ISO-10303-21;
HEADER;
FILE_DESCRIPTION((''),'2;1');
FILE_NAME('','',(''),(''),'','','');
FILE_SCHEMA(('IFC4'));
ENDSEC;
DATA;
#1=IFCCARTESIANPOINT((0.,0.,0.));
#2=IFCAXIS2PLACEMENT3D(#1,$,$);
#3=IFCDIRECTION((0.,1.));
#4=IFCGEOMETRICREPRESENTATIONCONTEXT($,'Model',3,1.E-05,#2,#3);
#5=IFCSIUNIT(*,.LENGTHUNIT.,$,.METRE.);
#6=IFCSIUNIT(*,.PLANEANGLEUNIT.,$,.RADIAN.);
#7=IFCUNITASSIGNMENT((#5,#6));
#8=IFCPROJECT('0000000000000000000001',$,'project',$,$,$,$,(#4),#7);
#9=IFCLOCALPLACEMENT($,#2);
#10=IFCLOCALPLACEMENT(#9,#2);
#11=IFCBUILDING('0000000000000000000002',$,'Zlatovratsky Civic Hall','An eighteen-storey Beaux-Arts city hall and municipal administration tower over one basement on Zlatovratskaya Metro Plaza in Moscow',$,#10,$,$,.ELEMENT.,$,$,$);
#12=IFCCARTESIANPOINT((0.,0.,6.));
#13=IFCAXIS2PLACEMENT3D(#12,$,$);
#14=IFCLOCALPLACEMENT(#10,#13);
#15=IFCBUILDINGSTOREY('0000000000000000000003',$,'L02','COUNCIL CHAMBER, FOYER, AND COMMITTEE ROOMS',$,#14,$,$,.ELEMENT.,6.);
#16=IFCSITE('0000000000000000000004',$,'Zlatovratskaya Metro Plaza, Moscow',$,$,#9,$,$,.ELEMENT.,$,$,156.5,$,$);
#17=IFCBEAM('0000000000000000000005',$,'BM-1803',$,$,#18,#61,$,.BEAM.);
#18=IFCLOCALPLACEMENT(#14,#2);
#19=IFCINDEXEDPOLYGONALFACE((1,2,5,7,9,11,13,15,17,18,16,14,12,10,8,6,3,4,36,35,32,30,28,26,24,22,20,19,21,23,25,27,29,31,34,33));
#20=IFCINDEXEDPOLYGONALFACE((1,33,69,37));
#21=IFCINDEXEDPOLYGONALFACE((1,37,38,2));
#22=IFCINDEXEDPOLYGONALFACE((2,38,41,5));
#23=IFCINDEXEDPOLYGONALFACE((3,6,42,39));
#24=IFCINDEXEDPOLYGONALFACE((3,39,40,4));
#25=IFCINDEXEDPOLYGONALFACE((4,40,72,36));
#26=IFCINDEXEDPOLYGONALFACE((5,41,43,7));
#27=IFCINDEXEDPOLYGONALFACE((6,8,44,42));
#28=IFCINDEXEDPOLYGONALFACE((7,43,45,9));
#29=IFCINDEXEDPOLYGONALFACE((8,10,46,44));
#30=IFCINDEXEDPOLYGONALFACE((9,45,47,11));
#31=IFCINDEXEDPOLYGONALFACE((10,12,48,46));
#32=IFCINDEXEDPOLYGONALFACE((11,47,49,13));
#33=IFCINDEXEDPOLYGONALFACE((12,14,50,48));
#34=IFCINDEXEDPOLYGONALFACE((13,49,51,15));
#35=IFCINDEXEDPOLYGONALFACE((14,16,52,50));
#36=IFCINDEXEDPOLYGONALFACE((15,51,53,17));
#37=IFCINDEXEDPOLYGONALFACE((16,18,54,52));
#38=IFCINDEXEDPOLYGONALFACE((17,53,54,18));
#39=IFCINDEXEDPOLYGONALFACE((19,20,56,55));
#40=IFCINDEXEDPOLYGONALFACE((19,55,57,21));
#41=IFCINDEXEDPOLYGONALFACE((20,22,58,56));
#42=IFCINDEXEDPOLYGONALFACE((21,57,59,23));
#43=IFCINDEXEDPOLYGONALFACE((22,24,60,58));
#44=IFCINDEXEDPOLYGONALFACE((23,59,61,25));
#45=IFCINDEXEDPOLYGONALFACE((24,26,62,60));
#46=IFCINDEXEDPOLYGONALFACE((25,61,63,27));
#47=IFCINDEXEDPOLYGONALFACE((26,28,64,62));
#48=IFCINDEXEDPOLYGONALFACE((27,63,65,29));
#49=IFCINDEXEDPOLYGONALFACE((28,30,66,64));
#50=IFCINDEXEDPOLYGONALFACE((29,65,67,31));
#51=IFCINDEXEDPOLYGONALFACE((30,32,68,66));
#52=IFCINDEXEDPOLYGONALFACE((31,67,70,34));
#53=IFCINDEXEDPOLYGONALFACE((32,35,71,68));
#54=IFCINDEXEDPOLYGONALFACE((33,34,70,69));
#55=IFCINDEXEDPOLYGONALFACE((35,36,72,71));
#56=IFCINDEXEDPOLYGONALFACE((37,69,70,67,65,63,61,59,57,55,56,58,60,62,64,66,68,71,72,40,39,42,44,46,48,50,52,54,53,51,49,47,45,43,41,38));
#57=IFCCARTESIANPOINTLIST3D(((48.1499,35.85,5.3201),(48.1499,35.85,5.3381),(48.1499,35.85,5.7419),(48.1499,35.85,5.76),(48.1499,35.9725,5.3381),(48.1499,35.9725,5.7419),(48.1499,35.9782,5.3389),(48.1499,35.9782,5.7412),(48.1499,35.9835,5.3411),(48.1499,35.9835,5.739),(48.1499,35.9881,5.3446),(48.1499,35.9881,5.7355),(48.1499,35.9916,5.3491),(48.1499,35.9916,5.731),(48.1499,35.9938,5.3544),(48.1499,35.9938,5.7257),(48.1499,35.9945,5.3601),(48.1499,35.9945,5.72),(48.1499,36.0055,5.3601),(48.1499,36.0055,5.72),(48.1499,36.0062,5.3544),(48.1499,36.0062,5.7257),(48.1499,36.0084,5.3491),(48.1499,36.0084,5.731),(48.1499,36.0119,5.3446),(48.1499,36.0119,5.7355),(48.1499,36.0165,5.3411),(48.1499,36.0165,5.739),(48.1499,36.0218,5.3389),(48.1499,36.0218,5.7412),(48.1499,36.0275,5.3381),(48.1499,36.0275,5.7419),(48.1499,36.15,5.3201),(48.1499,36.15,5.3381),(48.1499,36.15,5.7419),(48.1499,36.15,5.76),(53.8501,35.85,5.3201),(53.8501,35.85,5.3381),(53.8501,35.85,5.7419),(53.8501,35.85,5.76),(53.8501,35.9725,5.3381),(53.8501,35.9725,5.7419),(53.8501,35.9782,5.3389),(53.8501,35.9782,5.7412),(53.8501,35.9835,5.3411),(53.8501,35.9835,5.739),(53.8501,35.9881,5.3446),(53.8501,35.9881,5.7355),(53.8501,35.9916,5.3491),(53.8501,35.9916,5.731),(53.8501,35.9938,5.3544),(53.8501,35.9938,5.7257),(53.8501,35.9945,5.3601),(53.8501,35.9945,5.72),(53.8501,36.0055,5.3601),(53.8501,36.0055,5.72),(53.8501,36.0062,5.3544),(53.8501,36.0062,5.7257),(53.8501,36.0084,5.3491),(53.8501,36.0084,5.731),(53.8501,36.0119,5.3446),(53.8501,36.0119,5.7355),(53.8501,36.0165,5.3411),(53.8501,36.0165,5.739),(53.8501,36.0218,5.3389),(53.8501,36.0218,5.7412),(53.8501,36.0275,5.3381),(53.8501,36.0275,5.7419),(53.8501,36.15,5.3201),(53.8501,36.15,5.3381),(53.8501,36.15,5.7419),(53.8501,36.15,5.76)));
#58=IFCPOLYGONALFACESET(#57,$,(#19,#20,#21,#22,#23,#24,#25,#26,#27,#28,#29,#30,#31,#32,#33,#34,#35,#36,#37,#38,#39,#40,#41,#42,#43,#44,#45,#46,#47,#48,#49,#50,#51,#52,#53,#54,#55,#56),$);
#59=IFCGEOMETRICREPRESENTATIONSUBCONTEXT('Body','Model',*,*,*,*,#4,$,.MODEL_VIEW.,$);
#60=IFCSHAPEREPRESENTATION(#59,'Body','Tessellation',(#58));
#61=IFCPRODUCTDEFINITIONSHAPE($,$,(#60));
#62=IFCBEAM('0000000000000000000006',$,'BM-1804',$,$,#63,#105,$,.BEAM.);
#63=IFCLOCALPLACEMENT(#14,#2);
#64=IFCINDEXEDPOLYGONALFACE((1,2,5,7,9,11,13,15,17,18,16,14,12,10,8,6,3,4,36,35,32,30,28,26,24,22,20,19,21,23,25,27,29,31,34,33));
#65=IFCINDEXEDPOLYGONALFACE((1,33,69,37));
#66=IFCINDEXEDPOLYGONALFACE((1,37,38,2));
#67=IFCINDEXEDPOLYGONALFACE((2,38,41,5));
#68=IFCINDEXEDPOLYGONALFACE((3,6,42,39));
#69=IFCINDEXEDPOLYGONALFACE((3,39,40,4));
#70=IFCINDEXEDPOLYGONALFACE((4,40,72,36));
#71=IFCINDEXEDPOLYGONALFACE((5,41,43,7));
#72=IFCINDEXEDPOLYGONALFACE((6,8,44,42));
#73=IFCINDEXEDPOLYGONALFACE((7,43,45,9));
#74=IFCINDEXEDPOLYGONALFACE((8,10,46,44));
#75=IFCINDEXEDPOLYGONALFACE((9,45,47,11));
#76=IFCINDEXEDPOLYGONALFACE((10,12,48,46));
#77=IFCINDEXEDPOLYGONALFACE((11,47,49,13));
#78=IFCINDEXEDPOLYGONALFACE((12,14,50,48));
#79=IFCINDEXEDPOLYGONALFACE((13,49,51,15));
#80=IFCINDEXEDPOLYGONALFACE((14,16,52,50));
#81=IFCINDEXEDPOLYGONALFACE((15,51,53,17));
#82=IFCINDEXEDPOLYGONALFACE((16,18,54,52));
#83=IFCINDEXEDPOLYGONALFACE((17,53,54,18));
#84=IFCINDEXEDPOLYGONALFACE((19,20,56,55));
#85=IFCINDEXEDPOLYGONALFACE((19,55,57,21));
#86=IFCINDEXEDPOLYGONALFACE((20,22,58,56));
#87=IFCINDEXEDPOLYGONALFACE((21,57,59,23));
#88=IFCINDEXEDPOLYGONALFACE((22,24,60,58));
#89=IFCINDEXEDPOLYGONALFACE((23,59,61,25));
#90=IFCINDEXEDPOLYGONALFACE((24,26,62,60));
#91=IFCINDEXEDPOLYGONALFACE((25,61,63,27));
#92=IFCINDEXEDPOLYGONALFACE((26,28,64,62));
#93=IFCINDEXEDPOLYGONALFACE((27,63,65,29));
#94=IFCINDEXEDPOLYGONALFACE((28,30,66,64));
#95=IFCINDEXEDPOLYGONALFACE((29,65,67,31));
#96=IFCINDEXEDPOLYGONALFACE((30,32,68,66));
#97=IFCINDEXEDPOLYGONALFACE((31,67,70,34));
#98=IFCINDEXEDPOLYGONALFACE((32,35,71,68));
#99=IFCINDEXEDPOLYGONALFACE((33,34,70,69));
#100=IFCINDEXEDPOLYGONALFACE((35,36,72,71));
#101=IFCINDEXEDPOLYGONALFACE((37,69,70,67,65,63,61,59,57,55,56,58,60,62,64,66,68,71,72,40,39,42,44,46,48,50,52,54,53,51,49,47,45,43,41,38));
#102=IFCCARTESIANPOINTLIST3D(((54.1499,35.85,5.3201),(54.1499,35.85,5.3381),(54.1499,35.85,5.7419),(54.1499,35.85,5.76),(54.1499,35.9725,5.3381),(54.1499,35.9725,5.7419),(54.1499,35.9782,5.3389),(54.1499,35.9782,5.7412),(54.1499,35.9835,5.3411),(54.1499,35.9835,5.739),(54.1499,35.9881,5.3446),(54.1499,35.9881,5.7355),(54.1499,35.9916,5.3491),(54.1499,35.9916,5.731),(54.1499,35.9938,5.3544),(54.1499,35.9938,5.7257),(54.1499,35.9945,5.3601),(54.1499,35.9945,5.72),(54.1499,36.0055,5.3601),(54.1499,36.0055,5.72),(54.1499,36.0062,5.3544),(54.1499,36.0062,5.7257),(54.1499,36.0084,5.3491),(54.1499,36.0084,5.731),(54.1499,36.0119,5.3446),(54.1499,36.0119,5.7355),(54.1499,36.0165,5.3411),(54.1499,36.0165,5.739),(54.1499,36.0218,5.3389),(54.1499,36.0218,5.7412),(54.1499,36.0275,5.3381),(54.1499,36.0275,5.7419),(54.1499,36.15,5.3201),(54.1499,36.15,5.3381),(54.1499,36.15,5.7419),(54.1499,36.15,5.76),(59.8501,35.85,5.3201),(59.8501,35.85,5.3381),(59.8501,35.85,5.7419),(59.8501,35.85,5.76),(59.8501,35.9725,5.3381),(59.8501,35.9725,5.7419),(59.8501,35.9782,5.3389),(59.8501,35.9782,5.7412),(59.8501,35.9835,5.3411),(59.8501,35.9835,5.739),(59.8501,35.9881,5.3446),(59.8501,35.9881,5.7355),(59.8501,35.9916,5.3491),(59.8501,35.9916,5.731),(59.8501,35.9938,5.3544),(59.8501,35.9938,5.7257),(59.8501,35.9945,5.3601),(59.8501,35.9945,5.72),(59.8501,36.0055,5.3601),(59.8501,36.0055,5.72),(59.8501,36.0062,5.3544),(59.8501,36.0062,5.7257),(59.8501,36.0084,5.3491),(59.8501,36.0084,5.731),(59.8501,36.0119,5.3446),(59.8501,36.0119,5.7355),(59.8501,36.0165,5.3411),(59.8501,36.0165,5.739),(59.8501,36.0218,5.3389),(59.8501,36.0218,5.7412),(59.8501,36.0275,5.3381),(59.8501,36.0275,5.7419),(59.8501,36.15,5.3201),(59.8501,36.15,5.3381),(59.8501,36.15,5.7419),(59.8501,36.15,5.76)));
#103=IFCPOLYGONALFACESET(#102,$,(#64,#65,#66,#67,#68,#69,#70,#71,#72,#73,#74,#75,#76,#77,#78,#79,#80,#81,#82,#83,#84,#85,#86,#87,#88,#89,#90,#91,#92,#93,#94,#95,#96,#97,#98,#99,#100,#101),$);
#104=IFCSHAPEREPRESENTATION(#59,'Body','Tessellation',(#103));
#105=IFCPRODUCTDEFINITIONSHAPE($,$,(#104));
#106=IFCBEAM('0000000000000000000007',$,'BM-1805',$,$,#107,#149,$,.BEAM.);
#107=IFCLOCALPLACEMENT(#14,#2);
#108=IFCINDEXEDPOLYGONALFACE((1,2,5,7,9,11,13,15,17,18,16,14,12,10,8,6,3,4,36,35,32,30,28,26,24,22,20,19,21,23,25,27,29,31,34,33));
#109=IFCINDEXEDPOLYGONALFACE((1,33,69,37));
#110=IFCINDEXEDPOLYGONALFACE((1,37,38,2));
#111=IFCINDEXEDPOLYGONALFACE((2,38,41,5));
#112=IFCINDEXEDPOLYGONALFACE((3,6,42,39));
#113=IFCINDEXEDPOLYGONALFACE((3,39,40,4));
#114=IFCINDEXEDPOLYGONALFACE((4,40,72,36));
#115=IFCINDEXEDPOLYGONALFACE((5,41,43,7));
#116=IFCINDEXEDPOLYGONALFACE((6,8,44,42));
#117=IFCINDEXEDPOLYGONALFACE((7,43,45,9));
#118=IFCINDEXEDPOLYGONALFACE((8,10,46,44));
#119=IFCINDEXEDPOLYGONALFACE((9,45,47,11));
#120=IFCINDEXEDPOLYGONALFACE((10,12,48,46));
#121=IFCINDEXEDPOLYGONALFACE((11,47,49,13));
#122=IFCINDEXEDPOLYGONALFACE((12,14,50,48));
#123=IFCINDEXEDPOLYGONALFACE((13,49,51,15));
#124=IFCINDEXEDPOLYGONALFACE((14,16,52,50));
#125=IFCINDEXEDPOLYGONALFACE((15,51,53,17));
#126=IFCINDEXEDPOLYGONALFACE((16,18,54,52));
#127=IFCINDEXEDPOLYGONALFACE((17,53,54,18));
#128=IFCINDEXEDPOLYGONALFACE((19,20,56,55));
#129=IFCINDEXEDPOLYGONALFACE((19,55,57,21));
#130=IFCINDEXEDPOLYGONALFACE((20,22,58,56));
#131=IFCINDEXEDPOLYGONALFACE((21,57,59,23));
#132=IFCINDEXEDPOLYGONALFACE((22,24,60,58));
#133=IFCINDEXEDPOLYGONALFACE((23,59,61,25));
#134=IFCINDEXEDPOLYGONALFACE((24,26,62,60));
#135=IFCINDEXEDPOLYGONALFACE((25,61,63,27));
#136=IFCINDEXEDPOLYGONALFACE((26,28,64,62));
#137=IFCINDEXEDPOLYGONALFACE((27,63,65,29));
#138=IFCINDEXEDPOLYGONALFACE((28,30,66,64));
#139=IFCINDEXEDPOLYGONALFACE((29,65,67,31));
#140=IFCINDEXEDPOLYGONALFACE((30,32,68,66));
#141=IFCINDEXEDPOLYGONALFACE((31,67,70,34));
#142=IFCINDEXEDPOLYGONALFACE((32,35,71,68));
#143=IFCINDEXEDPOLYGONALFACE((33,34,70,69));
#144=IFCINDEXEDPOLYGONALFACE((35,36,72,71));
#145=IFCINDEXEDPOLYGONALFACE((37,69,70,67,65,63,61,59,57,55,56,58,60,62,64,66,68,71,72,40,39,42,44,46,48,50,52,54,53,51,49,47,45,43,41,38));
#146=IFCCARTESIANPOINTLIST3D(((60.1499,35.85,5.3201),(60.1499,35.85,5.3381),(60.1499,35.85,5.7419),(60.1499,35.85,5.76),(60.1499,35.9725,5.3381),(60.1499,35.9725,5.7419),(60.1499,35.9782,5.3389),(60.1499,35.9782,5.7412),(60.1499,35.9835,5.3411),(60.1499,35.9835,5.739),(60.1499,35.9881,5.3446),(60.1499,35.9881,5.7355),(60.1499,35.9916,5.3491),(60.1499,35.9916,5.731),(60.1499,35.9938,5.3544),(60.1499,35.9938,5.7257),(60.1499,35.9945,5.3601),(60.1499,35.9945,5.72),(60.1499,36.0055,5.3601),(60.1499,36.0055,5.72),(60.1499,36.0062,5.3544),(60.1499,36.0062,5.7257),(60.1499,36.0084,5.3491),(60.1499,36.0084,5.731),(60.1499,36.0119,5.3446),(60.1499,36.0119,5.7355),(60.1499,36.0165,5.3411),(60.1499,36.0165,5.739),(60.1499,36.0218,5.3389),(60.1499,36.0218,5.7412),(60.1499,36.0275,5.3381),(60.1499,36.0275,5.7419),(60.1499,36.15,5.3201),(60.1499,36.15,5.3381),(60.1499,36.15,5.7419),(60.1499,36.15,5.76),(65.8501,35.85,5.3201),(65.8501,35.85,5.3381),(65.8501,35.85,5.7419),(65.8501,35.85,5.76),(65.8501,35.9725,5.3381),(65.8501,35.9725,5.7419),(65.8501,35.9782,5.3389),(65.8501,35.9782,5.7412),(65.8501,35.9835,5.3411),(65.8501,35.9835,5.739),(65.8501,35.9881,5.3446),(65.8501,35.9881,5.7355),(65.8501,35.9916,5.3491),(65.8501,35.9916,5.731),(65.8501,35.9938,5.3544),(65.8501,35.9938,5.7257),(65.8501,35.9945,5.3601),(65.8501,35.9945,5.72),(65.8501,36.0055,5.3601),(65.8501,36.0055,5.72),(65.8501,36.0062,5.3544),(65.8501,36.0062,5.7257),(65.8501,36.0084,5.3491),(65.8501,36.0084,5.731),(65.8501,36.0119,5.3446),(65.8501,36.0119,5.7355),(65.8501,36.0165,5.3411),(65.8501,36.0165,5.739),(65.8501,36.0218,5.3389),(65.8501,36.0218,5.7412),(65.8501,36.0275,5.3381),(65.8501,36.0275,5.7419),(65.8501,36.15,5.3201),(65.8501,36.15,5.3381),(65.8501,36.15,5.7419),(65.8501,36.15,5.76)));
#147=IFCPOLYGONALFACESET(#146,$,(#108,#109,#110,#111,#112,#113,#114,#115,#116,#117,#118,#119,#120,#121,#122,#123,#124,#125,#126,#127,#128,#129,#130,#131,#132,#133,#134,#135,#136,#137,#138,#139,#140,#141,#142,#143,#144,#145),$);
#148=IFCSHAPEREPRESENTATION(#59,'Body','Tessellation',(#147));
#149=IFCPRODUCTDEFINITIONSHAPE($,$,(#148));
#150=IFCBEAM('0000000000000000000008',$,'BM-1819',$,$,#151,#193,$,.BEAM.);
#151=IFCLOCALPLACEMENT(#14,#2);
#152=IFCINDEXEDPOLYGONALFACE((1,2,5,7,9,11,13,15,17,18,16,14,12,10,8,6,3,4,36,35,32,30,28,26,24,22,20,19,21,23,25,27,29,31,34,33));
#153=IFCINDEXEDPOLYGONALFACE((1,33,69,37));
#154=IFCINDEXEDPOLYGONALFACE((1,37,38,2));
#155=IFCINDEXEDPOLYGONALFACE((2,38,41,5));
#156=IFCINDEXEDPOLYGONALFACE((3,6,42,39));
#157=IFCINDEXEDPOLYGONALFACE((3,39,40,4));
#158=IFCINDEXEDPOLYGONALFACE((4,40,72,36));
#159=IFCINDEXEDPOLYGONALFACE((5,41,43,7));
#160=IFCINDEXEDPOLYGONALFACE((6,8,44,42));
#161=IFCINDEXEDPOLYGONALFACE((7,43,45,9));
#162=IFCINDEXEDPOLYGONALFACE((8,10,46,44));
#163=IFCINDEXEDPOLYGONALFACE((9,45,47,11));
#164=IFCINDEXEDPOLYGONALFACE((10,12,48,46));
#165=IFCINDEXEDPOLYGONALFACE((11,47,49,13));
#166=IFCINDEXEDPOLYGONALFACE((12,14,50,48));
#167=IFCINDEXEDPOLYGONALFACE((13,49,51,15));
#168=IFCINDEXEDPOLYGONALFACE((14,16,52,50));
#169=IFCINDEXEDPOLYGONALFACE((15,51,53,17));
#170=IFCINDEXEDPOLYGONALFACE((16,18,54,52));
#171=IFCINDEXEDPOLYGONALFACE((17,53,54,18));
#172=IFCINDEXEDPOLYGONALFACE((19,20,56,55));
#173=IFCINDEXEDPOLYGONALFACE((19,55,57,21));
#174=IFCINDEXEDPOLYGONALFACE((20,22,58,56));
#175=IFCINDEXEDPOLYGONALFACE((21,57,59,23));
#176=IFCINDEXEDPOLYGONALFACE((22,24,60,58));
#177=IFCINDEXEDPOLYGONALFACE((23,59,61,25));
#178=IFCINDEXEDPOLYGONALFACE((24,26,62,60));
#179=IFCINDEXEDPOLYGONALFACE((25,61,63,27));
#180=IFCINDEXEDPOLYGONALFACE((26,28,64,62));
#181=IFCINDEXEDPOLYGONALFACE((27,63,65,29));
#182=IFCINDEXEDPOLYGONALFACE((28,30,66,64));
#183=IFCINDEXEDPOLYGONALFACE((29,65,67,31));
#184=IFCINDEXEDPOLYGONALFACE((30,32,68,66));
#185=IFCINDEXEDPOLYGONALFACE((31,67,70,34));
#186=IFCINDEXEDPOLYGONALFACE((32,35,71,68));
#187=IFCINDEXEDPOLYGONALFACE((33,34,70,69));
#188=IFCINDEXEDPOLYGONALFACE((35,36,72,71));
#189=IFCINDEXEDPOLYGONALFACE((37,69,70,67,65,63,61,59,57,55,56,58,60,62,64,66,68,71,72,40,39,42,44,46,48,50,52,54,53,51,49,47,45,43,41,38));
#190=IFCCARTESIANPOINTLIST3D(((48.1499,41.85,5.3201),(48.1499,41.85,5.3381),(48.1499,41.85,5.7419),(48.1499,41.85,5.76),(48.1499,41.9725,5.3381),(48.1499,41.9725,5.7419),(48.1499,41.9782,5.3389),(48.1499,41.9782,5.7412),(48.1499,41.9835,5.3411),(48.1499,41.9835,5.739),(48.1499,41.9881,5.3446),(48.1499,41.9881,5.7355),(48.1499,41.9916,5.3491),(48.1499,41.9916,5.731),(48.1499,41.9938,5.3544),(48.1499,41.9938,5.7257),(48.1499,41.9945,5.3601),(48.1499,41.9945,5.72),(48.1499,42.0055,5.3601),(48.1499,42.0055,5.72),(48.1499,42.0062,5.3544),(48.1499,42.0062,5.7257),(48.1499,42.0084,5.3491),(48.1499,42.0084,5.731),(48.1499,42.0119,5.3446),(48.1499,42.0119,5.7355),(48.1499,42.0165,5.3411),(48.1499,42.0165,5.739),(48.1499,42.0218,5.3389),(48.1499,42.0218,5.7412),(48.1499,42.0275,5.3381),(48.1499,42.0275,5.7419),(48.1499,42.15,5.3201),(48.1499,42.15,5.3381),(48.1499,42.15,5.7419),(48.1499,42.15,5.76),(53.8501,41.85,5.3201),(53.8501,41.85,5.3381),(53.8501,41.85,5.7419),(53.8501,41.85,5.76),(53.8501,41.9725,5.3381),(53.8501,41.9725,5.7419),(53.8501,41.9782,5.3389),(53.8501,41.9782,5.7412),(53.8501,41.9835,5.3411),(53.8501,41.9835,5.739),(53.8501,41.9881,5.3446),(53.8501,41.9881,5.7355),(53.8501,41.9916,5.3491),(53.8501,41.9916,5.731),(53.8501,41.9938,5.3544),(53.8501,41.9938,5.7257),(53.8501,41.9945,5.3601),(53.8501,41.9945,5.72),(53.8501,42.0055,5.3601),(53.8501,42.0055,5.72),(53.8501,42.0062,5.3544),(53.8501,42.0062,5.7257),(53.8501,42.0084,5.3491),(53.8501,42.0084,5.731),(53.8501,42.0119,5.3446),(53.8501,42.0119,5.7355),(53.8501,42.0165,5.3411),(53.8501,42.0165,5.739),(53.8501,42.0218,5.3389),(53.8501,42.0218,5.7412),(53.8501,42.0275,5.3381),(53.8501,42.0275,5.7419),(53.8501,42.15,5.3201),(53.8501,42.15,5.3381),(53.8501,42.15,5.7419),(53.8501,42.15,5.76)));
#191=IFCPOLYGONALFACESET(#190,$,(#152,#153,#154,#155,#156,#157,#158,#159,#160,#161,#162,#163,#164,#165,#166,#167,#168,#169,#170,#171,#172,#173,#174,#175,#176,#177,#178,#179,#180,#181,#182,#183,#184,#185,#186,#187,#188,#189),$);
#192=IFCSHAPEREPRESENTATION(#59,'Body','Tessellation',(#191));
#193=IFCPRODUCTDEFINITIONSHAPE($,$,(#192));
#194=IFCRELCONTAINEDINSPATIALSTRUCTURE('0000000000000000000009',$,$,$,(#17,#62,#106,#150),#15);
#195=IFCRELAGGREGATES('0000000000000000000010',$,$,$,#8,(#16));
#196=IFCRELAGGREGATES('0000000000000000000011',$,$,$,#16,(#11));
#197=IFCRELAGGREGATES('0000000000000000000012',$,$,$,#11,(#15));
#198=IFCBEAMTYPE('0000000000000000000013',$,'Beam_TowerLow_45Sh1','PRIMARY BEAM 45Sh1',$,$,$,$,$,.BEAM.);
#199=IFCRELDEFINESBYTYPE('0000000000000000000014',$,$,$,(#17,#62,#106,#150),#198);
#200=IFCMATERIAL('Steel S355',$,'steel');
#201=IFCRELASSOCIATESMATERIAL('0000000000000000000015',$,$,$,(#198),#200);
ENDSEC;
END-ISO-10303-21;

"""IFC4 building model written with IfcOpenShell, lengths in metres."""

from ifc_helpers import new_model, si_unit, direction, frame, origin, origin_2d, place, context, subcontext, project, spatial, i_section, extrude, material, material_profile, profile_set, type_object, element, save


model = new_model("IFC4")

# Units and contexts
model_context = context("Model", 3, precision=1e-05, world=origin(), true_north=direction((0.0, 1.0)))
body_context = subcontext(model_context, "Body", "Model", "MODEL_VIEW")
ifc_project = project(units=[si_unit("LENGTHUNIT", "METRE"), si_unit("PLANEANGLEUNIT", "RADIAN")], contexts=[model_context])

# Site, building, storey
site_placement = place(None, origin())
site = spatial("IfcSite", under=ifc_project, at=site_placement, Name="Zlatovratskaya Metro Plaza, Moscow", CompositionType="ELEMENT", RefElevation=156.5)
building_placement = place(site_placement, origin())
building = spatial("IfcBuilding", under=site, at=building_placement, Name="Zlatovratsky Civic Hall", Description="An eighteen-storey Beaux-Arts city hall and municipal administration tower over one basement on Zlatovratskaya Metro Plaza in Moscow", CompositionType="ELEMENT")
storey_placement = place(building_placement, frame((0.0, 0.0, 6.0)))
storey = spatial("IfcBuildingStorey", under=building, at=storey_placement, Name="L02", Description="COUNCIL CHAMBER, FOYER, AND COMMITTEE ROOMS", CompositionType="ELEMENT", Elevation=6.0)

# Shared definitions
ifc_material_1 = material(Name="Steel S355", Category="steel")

# Beams
ifc_material_profile_1 = material_profile(ifc_material_1, i_section(OverallWidth=0.3, OverallDepth=0.4399, WebThickness=0.011, FlangeThickness=0.0181, FilletRadius=0.022, at=origin_2d()), Name="45Sh1")
ifc_profile_set_1 = profile_set([ifc_material_profile_1], Name="Steel S355")
beam_type = type_object("IfcBeamType", Name="Beam_TowerLow_45Sh1", Description="PRIMARY BEAM 45Sh1", PredefinedType="BEAM", material=ifc_profile_set_1)
for number, where, z_axis, x_axis, name in (
    (1, (48.1499, 36.0, 5.54), (1.0, 0.0, 0.0), (0.0, 1.0, 0.0), "BM-1803"),
    (2, (54.1499, 36.0, 5.54), (1.0, 0.0, 0.0), (0.0, 1.0, 0.0), "BM-1804"),
    (3, (60.1499, 36.0, 5.54), (1.0, 0.0, 0.0), (0.0, 1.0, 0.0), "BM-1805"),
    (4, (48.1499, 42.0, 5.54), (1.0, 0.0, 0.0), (0.0, 1.0, 0.0), "BM-1819"),
):
    element("IfcBeam", number, at=place(storey_placement, frame(where, z_axis=z_axis, x_axis=x_axis)), inside=storey, type_object=beam_type, Name=name, PredefinedType="BEAM", context=body_context, shape_type="SweptSolid", body=[
        extrude(i_section(OverallWidth=0.3, OverallDepth=0.4399, WebThickness=0.011, FlangeThickness=0.0181, FilletRadius=0.022, at=origin_2d()), origin(), (0.0, 0.0, 1.0), 5.7002),
    ])

save(model, "model.ifc")
